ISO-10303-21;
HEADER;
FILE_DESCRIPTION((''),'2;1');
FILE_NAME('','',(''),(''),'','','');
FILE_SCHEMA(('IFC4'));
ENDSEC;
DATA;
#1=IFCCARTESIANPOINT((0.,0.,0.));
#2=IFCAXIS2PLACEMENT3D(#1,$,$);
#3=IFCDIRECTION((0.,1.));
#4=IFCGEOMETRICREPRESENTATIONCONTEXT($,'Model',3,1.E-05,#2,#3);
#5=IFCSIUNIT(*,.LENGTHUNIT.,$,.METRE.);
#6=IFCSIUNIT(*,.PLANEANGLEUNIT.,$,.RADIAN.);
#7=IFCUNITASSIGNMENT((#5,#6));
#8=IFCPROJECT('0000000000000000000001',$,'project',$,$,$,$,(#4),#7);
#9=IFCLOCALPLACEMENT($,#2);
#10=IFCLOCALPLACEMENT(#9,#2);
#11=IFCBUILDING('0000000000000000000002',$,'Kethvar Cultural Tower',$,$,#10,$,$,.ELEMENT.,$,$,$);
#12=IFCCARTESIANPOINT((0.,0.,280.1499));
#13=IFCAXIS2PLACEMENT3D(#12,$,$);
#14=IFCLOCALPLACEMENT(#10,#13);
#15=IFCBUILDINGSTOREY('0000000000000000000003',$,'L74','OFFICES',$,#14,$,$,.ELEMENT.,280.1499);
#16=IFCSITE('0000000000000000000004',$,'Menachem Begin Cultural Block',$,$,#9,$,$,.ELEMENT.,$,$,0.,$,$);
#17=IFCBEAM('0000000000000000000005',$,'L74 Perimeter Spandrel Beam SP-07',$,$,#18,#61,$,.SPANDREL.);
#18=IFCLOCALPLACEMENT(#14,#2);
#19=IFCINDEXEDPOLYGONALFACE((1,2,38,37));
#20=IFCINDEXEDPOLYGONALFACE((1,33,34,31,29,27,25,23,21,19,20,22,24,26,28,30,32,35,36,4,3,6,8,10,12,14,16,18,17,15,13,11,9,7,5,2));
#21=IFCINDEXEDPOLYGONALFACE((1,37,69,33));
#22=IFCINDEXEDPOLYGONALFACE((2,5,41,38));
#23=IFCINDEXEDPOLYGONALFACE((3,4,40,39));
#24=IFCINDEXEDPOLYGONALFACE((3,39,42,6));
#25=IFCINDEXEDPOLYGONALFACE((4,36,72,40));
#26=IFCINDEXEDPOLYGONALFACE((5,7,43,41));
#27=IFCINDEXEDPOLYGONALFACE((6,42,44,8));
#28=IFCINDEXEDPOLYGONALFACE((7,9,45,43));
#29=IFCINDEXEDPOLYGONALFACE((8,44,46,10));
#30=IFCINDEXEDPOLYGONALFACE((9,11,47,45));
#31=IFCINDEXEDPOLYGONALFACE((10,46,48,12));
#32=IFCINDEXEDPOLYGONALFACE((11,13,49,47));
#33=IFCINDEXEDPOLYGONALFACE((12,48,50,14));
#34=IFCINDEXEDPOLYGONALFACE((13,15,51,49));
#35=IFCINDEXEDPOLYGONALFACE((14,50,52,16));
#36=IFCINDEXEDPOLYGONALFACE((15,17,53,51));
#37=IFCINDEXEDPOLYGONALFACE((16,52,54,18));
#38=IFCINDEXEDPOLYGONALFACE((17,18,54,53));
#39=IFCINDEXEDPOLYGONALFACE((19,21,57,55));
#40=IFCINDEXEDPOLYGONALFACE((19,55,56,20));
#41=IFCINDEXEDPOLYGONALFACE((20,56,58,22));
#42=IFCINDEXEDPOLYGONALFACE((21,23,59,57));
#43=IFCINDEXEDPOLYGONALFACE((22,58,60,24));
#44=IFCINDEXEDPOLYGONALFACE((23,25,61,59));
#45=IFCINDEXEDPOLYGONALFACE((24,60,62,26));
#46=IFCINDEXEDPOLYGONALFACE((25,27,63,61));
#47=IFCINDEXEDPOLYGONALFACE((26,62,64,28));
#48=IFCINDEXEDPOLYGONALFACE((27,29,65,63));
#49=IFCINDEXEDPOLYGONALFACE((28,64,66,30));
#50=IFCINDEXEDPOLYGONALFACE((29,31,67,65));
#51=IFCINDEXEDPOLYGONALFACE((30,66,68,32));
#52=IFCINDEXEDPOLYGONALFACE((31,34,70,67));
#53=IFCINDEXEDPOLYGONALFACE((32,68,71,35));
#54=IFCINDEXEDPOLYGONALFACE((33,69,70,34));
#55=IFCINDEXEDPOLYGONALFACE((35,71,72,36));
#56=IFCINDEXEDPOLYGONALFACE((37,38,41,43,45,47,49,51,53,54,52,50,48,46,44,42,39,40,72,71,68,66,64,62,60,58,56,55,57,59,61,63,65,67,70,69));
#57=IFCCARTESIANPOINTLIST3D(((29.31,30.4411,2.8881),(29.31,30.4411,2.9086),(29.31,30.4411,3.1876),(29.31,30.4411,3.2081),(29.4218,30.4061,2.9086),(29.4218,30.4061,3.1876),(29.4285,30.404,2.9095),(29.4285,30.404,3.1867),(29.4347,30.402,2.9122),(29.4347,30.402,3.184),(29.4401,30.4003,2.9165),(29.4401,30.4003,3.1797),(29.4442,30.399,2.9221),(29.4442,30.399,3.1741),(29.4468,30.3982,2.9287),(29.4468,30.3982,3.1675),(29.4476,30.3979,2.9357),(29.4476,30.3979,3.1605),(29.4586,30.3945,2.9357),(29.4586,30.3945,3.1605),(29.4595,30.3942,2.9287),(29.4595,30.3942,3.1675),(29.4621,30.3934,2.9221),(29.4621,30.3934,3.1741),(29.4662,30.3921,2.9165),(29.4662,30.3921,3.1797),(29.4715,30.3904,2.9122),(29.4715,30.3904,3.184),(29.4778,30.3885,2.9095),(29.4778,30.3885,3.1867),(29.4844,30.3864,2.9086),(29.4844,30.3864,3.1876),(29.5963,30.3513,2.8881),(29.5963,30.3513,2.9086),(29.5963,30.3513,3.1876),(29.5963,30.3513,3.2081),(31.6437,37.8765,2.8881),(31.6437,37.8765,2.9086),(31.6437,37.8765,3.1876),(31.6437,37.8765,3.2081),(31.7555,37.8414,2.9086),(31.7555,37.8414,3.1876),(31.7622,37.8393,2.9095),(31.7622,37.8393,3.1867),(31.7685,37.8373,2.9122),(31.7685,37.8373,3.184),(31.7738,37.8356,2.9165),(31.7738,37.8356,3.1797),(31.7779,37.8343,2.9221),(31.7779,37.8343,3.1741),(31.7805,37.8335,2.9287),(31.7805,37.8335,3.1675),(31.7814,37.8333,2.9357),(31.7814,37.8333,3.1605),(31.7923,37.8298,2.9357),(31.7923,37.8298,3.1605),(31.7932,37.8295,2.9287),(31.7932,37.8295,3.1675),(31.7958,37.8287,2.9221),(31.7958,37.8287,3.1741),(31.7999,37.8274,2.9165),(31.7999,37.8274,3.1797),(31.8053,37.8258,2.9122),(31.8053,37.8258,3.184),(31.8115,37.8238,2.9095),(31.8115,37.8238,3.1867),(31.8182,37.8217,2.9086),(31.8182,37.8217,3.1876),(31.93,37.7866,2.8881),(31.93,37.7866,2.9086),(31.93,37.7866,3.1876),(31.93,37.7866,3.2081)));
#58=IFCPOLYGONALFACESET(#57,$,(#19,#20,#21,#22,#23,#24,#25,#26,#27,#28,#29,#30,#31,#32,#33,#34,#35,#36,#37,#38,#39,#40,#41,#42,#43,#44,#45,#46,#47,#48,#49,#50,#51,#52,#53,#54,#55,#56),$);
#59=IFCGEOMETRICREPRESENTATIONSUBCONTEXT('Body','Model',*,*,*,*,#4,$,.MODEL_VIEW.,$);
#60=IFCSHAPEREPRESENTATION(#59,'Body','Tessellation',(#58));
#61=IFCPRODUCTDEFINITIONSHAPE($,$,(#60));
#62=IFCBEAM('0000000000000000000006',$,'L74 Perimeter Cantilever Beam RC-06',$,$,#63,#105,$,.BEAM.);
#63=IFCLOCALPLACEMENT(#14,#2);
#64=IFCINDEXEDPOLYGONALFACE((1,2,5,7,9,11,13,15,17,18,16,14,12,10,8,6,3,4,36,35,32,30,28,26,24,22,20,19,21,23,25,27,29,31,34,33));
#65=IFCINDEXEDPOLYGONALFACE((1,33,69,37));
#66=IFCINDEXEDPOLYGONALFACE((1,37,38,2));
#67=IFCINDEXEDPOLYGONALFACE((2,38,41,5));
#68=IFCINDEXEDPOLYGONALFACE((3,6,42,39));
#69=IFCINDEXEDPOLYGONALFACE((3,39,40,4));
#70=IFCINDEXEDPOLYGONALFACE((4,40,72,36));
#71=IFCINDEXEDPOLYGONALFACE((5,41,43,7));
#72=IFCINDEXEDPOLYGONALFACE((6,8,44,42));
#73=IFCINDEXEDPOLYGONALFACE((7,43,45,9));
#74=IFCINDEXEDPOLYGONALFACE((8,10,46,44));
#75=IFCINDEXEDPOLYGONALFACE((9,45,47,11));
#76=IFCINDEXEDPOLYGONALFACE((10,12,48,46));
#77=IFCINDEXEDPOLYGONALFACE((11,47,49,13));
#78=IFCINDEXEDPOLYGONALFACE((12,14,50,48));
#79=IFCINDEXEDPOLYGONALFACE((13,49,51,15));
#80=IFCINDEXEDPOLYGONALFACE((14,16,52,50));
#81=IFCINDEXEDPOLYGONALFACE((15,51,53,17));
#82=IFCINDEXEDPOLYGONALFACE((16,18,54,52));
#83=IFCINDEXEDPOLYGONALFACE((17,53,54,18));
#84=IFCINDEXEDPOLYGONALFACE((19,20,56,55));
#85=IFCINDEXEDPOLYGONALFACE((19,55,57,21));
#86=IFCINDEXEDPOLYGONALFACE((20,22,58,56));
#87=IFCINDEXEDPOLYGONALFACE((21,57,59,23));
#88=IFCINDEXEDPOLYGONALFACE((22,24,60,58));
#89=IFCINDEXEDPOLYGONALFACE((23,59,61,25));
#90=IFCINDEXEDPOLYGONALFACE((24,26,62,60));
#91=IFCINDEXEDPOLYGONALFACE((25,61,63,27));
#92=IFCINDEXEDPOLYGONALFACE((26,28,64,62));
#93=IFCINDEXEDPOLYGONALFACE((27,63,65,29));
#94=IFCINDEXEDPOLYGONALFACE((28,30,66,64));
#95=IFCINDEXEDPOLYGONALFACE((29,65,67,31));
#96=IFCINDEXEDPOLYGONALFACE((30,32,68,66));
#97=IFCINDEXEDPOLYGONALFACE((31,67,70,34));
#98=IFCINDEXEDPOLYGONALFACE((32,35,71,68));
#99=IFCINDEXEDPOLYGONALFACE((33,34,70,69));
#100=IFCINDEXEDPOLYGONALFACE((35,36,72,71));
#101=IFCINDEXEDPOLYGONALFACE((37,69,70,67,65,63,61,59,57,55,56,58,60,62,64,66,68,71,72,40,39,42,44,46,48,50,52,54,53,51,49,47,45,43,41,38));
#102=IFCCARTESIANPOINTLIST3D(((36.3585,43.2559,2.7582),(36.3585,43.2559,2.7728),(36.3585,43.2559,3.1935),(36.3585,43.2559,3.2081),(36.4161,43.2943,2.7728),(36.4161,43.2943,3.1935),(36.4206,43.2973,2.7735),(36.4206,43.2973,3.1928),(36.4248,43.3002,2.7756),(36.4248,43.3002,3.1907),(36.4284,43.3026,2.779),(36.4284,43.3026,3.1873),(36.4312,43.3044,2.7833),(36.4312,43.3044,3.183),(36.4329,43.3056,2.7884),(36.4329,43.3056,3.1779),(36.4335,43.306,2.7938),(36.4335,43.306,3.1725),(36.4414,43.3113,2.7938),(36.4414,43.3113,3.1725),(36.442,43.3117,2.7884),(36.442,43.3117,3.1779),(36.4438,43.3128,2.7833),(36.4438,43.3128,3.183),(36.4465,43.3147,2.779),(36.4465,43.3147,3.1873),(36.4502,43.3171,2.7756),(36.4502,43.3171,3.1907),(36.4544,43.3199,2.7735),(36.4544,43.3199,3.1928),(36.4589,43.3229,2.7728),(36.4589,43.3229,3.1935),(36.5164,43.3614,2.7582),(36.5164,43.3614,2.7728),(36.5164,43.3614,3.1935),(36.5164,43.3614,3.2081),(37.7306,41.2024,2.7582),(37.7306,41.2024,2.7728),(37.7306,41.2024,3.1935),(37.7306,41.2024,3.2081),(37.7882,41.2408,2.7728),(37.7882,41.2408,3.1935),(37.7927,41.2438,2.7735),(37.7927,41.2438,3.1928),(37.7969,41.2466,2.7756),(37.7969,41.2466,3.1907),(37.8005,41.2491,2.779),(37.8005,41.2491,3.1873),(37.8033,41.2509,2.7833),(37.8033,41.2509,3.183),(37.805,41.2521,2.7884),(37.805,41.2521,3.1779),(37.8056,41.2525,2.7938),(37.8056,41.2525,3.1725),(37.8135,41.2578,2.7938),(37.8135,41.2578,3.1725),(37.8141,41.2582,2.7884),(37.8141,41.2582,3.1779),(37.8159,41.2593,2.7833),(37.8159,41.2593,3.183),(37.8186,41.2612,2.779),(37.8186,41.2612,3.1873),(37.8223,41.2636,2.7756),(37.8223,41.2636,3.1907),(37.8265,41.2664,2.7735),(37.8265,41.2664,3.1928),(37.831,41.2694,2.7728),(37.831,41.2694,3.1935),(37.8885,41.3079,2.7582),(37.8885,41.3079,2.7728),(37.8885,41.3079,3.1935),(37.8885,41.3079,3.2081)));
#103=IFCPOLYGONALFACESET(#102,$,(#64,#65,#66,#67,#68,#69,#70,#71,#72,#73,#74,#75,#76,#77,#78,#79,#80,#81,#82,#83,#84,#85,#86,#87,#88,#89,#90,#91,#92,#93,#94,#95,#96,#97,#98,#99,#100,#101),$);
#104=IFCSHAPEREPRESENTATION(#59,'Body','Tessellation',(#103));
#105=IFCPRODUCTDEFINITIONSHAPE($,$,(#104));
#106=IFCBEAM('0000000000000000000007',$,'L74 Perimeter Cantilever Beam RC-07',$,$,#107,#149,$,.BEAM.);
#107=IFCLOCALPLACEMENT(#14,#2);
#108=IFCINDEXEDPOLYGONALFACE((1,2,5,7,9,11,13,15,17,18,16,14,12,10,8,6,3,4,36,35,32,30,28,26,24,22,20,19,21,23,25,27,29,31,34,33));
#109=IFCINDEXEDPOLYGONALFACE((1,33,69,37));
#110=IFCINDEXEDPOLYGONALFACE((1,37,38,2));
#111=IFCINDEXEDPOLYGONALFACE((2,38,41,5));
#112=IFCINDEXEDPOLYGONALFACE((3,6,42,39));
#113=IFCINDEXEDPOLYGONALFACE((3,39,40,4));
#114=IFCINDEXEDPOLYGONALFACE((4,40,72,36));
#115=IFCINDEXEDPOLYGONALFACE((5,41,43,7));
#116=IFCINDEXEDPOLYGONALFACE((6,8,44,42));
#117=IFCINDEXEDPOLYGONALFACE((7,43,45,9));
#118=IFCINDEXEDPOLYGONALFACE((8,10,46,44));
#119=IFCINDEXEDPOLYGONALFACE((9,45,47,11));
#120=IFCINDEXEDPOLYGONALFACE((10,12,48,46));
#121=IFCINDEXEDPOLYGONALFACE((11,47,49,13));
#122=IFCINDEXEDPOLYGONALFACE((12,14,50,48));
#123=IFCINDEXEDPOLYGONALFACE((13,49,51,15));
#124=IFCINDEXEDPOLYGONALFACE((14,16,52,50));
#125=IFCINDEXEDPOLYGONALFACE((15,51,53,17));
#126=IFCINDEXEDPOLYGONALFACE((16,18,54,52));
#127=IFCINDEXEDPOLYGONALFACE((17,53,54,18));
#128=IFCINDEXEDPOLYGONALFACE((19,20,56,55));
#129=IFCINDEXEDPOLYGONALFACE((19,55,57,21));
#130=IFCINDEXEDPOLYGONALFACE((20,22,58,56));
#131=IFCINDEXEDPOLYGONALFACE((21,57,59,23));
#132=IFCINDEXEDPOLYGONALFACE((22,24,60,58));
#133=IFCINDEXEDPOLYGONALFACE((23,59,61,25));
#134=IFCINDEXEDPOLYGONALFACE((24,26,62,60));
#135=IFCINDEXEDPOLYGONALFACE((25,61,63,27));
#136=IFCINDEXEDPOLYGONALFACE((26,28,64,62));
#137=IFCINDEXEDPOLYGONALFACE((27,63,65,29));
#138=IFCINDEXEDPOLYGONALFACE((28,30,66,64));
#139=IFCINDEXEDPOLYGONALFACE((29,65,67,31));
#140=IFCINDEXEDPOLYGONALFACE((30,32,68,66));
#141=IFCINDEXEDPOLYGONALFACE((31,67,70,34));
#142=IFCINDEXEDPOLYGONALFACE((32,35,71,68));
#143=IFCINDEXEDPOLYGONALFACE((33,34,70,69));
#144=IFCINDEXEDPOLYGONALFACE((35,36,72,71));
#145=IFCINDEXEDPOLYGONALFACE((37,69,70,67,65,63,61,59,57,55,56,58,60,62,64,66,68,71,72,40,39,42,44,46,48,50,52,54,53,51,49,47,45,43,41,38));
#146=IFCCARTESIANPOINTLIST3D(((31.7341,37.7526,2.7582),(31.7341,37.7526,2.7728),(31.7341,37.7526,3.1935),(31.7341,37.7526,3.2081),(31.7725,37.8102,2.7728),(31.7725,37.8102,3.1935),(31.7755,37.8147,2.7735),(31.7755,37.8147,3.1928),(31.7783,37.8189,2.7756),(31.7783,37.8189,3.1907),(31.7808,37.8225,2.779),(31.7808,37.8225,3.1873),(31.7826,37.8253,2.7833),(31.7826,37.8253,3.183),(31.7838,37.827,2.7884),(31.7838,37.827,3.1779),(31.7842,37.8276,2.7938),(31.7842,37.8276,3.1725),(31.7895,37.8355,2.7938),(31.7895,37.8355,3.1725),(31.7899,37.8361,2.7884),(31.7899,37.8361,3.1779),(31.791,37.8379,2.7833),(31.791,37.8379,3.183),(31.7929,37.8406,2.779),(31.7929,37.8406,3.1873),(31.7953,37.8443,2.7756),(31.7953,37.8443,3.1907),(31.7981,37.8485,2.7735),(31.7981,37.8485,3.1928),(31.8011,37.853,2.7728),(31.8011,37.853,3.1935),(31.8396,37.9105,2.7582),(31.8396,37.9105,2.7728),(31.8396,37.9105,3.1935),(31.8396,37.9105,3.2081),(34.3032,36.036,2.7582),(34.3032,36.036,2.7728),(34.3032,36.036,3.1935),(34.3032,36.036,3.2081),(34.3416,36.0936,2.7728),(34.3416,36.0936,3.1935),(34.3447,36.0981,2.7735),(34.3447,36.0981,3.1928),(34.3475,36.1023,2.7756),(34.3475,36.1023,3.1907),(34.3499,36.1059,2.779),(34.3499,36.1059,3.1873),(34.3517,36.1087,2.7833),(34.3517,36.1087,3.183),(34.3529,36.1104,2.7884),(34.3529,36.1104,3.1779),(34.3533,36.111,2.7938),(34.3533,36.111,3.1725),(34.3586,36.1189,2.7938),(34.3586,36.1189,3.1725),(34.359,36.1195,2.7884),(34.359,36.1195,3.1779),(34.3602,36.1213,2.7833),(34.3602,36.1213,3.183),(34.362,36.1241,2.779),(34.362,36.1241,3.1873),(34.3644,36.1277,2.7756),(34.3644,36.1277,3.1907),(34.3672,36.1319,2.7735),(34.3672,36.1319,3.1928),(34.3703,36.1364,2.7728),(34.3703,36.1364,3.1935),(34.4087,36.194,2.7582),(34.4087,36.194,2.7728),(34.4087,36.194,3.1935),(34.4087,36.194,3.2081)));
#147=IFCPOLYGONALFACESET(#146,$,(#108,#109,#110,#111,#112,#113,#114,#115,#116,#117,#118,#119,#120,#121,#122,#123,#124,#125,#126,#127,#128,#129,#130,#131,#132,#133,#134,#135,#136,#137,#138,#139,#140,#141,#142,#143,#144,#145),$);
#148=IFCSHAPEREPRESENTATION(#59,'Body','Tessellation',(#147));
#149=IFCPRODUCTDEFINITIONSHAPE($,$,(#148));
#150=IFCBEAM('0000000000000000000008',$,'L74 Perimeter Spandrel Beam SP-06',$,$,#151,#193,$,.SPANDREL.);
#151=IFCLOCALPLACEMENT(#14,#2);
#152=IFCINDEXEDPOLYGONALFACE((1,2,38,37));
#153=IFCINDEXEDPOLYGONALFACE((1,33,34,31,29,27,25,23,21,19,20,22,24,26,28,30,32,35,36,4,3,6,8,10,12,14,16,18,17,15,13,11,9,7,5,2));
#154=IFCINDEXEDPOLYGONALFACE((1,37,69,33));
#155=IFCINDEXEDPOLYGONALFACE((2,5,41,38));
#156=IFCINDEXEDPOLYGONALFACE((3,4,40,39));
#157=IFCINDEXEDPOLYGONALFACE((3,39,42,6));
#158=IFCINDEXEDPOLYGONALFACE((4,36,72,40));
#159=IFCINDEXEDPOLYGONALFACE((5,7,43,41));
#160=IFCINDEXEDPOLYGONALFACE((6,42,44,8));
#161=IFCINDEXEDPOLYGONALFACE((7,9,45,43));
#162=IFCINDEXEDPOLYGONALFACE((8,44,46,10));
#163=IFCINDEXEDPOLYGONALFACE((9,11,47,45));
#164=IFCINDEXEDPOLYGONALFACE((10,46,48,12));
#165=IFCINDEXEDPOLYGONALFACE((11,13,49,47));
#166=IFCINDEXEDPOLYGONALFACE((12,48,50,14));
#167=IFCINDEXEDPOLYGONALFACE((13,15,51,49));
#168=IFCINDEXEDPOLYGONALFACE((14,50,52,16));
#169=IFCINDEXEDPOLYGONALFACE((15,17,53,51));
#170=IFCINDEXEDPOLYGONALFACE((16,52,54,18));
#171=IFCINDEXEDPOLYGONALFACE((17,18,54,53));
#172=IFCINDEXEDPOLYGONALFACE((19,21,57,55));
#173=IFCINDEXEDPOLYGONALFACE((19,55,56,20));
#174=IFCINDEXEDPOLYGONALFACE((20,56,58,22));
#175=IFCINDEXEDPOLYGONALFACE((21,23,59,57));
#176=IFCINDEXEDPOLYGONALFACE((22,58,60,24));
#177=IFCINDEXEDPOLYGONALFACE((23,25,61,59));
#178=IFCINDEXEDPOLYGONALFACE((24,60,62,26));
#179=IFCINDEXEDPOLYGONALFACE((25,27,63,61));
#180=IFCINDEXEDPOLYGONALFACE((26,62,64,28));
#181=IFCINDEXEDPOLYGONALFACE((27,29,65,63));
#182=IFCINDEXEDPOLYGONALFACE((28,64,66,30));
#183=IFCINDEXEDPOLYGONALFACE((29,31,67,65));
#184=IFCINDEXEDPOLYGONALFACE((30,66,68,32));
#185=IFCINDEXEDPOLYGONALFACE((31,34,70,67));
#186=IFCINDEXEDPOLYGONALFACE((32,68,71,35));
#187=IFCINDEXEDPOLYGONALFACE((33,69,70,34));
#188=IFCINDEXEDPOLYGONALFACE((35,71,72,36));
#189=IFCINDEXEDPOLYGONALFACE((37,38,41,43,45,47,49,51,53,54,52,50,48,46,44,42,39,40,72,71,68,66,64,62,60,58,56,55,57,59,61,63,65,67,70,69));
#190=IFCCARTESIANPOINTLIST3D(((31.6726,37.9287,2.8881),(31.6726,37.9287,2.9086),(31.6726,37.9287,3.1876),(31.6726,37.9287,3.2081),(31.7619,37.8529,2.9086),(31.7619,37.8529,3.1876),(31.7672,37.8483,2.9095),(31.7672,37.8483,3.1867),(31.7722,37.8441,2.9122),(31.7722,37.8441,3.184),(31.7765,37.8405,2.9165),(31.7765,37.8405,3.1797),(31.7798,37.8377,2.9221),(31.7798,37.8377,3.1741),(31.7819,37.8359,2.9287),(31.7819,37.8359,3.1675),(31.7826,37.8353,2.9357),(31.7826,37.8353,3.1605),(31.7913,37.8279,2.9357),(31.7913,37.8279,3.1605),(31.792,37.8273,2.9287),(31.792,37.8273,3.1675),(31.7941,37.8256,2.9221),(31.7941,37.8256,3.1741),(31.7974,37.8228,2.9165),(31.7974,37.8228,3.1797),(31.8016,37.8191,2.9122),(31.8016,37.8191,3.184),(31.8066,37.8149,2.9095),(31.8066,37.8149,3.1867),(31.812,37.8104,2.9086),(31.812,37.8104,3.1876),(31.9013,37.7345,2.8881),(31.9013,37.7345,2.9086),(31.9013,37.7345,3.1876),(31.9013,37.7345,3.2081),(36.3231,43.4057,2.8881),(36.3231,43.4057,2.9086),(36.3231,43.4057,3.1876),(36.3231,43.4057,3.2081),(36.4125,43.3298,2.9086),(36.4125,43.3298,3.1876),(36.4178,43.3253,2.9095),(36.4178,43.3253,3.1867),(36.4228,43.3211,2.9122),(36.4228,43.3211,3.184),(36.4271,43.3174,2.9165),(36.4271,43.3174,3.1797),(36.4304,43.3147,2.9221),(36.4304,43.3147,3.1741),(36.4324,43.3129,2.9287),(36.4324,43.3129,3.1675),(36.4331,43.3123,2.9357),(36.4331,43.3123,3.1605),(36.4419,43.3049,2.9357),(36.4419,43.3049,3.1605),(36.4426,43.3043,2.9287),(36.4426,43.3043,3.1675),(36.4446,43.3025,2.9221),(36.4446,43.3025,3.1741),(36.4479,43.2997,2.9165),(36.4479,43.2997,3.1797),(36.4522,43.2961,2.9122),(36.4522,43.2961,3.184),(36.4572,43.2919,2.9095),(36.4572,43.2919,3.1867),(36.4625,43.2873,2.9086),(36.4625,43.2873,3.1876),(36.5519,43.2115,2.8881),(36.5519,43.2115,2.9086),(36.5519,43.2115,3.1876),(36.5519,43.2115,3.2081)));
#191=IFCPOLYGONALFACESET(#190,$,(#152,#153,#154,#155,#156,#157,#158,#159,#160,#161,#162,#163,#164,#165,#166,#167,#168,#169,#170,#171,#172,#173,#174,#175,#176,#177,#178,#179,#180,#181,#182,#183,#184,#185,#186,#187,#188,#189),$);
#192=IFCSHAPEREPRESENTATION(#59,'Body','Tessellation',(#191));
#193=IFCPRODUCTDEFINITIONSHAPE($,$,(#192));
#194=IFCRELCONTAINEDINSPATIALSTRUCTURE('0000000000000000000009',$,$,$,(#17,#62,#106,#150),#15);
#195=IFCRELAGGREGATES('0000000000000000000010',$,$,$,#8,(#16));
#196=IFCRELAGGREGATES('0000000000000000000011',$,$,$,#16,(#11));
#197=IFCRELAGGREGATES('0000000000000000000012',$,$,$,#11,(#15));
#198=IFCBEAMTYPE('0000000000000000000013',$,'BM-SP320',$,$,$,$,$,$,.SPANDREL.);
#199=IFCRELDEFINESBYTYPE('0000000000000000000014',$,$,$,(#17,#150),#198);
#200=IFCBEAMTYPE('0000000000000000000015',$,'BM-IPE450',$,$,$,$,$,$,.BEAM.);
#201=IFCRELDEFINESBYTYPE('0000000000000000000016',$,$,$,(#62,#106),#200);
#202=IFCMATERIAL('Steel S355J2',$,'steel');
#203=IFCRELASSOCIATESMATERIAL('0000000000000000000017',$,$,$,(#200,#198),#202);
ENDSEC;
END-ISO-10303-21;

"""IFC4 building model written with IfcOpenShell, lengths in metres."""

from ifc_helpers import new_model, si_unit, direction, frame, origin, origin_2d, place, context, subcontext, project, spatial, i_section, extrude, source, transform, mapped, material, material_profile, profile_set, type_object, element, save


model = new_model("IFC4")

# Units and contexts
model_context = context("Model", 3, precision=1e-05, world=origin(), true_north=direction((0.0, 1.0)))
body_context = subcontext(model_context, "Body", "Model", "MODEL_VIEW")
ifc_project = project(units=[si_unit("LENGTHUNIT", "METRE"), si_unit("PLANEANGLEUNIT", "RADIAN")], contexts=[model_context])

# Site, building, storey
site_placement = place(None, origin())
site = spatial("IfcSite", under=ifc_project, at=site_placement, Name="Menachem Begin Cultural Block", CompositionType="ELEMENT", RefElevation=0.0)
building_placement = place(site_placement, origin())
building = spatial("IfcBuilding", under=site, at=building_placement, Name="Kethvar Cultural Tower", CompositionType="ELEMENT")
storey_placement = place(building_placement, frame((0.0, 0.0, 280.1499)))
storey = spatial("IfcBuildingStorey", under=building, at=storey_placement, Name="L74", Description="OFFICES", CompositionType="ELEMENT", Elevation=280.1499)

# Shared definitions
ifc_material_1 = material(Name="Steel S355J2", Category="steel")

# Beams
ifc_material_profile_1 = material_profile(ifc_material_1, i_section(OverallWidth=0.1899, OverallDepth=0.45, WebThickness=0.0095, FlangeThickness=0.0146, FilletRadius=0.021, at=origin_2d()), Name="Steel S355J2 — IPE450")
ifc_profile_set_1 = profile_set([ifc_material_profile_1], Name="Steel S355J2 — IPE450")
beam_type_1 = type_object("IfcBeamType", Name="BM-IPE450", PredefinedType="BEAM", material=ifc_profile_set_1)
ifc_material_profile_2 = material_profile(ifc_material_1, i_section(OverallWidth=0.3, OverallDepth=0.3201, WebThickness=0.0115, FlangeThickness=0.0205, FilletRadius=0.0271, at=origin_2d()), Name="Steel S355J2 — HEB320")
ifc_profile_set_2 = profile_set([ifc_material_profile_2], Name="Steel S355J2 — HEB320")
beam_type_2 = type_object("IfcBeamType", Name="BM-SP320", PredefinedType="SPANDREL", material=ifc_profile_set_2)
shared_shape_1 = source(origin(), body_context, "Body", "SweptSolid", [
    extrude(i_section(OverallWidth=0.3, OverallDepth=0.3201, WebThickness=0.0115, FlangeThickness=0.0205, FilletRadius=0.0271, at=origin_2d()), origin(), (0.0, 0.0, 1.0), 7.793),
])
beam_1_placement = place(storey_placement, frame((31.7869, 37.8315, 3.0481), z_axis=(-0.299468, -0.954106, 0.0), x_axis=(0.954106, -0.299468, 0.0)))
element("IfcBeam", 1, at=beam_1_placement, inside=storey, type_object=beam_type_2, Name="L74 Perimeter Spandrel Beam SP-07", PredefinedType="SPANDREL", context=body_context, shape_type="MappedRepresentation", body=[
    mapped(shared_shape_1, transform((0.0, 0.0, 0.0), scale=1.0)),
])
shared_shape_2 = source(origin(), body_context, "Body", "SweptSolid", [
    extrude(i_section(OverallWidth=0.1899, OverallDepth=0.45, WebThickness=0.0095, FlangeThickness=0.0146, FilletRadius=0.021, at=origin_2d()), origin(), (0.0, 0.0, 1.0), 2.4697),
])
beam_2_placement = place(storey_placement, frame((37.8096, 41.2551, 2.9832), z_axis=(-0.555567, 0.831472, 0.0), x_axis=(-0.831472, -0.555567, 0.0)))
element("IfcBeam", 2, at=beam_2_placement, inside=storey, type_object=beam_type_1, Name="L74 Perimeter Cantilever Beam RC-06", PredefinedType="BEAM", context=body_context, shape_type="MappedRepresentation", body=[
    mapped(shared_shape_2, transform((0.0, 0.0, 0.0), scale=1.0)),
])
shared_shape_3 = source(origin(), body_context, "Body", "SweptSolid", [
    extrude(i_section(OverallWidth=0.1899, OverallDepth=0.45, WebThickness=0.0095, FlangeThickness=0.0146, FilletRadius=0.021, at=origin_2d()), origin(), (0.0, 0.0, 1.0), 3.0898),
])
beam_3_placement = place(storey_placement, frame((34.356, 36.115, 2.9832), z_axis=(-0.831479, 0.555557, 0.0), x_axis=(-0.555557, -0.831479, 0.0)))
element("IfcBeam", 3, at=beam_3_placement, inside=storey, type_object=beam_type_1, Name="L74 Perimeter Cantilever Beam RC-07", PredefinedType="BEAM", context=body_context, shape_type="MappedRepresentation", body=[
    mapped(shared_shape_3, transform((0.0, 0.0, 0.0), scale=1.0)),
])
shared_shape_4 = source(origin(), body_context, "Body", "SweptSolid", [
    extrude(i_section(OverallWidth=0.3, OverallDepth=0.3201, WebThickness=0.0115, FlangeThickness=0.0205, FilletRadius=0.0271, at=origin_2d()), origin(), (0.0, 0.0, 1.0), 7.1851),
])
beam_4_placement = place(storey_placement, frame((36.4375, 43.3086, 3.0481), z_axis=(-0.647256, -0.762273, 0.0), x_axis=(0.762273, -0.647256, 0.0)))
element("IfcBeam", 4, at=beam_4_placement, inside=storey, type_object=beam_type_2, Name="L74 Perimeter Spandrel Beam SP-06", PredefinedType="SPANDREL", context=body_context, shape_type="MappedRepresentation", body=[
    mapped(shared_shape_4, transform((0.0, 0.0, 0.0), scale=1.0)),
])

save(model, "model.ifc")
